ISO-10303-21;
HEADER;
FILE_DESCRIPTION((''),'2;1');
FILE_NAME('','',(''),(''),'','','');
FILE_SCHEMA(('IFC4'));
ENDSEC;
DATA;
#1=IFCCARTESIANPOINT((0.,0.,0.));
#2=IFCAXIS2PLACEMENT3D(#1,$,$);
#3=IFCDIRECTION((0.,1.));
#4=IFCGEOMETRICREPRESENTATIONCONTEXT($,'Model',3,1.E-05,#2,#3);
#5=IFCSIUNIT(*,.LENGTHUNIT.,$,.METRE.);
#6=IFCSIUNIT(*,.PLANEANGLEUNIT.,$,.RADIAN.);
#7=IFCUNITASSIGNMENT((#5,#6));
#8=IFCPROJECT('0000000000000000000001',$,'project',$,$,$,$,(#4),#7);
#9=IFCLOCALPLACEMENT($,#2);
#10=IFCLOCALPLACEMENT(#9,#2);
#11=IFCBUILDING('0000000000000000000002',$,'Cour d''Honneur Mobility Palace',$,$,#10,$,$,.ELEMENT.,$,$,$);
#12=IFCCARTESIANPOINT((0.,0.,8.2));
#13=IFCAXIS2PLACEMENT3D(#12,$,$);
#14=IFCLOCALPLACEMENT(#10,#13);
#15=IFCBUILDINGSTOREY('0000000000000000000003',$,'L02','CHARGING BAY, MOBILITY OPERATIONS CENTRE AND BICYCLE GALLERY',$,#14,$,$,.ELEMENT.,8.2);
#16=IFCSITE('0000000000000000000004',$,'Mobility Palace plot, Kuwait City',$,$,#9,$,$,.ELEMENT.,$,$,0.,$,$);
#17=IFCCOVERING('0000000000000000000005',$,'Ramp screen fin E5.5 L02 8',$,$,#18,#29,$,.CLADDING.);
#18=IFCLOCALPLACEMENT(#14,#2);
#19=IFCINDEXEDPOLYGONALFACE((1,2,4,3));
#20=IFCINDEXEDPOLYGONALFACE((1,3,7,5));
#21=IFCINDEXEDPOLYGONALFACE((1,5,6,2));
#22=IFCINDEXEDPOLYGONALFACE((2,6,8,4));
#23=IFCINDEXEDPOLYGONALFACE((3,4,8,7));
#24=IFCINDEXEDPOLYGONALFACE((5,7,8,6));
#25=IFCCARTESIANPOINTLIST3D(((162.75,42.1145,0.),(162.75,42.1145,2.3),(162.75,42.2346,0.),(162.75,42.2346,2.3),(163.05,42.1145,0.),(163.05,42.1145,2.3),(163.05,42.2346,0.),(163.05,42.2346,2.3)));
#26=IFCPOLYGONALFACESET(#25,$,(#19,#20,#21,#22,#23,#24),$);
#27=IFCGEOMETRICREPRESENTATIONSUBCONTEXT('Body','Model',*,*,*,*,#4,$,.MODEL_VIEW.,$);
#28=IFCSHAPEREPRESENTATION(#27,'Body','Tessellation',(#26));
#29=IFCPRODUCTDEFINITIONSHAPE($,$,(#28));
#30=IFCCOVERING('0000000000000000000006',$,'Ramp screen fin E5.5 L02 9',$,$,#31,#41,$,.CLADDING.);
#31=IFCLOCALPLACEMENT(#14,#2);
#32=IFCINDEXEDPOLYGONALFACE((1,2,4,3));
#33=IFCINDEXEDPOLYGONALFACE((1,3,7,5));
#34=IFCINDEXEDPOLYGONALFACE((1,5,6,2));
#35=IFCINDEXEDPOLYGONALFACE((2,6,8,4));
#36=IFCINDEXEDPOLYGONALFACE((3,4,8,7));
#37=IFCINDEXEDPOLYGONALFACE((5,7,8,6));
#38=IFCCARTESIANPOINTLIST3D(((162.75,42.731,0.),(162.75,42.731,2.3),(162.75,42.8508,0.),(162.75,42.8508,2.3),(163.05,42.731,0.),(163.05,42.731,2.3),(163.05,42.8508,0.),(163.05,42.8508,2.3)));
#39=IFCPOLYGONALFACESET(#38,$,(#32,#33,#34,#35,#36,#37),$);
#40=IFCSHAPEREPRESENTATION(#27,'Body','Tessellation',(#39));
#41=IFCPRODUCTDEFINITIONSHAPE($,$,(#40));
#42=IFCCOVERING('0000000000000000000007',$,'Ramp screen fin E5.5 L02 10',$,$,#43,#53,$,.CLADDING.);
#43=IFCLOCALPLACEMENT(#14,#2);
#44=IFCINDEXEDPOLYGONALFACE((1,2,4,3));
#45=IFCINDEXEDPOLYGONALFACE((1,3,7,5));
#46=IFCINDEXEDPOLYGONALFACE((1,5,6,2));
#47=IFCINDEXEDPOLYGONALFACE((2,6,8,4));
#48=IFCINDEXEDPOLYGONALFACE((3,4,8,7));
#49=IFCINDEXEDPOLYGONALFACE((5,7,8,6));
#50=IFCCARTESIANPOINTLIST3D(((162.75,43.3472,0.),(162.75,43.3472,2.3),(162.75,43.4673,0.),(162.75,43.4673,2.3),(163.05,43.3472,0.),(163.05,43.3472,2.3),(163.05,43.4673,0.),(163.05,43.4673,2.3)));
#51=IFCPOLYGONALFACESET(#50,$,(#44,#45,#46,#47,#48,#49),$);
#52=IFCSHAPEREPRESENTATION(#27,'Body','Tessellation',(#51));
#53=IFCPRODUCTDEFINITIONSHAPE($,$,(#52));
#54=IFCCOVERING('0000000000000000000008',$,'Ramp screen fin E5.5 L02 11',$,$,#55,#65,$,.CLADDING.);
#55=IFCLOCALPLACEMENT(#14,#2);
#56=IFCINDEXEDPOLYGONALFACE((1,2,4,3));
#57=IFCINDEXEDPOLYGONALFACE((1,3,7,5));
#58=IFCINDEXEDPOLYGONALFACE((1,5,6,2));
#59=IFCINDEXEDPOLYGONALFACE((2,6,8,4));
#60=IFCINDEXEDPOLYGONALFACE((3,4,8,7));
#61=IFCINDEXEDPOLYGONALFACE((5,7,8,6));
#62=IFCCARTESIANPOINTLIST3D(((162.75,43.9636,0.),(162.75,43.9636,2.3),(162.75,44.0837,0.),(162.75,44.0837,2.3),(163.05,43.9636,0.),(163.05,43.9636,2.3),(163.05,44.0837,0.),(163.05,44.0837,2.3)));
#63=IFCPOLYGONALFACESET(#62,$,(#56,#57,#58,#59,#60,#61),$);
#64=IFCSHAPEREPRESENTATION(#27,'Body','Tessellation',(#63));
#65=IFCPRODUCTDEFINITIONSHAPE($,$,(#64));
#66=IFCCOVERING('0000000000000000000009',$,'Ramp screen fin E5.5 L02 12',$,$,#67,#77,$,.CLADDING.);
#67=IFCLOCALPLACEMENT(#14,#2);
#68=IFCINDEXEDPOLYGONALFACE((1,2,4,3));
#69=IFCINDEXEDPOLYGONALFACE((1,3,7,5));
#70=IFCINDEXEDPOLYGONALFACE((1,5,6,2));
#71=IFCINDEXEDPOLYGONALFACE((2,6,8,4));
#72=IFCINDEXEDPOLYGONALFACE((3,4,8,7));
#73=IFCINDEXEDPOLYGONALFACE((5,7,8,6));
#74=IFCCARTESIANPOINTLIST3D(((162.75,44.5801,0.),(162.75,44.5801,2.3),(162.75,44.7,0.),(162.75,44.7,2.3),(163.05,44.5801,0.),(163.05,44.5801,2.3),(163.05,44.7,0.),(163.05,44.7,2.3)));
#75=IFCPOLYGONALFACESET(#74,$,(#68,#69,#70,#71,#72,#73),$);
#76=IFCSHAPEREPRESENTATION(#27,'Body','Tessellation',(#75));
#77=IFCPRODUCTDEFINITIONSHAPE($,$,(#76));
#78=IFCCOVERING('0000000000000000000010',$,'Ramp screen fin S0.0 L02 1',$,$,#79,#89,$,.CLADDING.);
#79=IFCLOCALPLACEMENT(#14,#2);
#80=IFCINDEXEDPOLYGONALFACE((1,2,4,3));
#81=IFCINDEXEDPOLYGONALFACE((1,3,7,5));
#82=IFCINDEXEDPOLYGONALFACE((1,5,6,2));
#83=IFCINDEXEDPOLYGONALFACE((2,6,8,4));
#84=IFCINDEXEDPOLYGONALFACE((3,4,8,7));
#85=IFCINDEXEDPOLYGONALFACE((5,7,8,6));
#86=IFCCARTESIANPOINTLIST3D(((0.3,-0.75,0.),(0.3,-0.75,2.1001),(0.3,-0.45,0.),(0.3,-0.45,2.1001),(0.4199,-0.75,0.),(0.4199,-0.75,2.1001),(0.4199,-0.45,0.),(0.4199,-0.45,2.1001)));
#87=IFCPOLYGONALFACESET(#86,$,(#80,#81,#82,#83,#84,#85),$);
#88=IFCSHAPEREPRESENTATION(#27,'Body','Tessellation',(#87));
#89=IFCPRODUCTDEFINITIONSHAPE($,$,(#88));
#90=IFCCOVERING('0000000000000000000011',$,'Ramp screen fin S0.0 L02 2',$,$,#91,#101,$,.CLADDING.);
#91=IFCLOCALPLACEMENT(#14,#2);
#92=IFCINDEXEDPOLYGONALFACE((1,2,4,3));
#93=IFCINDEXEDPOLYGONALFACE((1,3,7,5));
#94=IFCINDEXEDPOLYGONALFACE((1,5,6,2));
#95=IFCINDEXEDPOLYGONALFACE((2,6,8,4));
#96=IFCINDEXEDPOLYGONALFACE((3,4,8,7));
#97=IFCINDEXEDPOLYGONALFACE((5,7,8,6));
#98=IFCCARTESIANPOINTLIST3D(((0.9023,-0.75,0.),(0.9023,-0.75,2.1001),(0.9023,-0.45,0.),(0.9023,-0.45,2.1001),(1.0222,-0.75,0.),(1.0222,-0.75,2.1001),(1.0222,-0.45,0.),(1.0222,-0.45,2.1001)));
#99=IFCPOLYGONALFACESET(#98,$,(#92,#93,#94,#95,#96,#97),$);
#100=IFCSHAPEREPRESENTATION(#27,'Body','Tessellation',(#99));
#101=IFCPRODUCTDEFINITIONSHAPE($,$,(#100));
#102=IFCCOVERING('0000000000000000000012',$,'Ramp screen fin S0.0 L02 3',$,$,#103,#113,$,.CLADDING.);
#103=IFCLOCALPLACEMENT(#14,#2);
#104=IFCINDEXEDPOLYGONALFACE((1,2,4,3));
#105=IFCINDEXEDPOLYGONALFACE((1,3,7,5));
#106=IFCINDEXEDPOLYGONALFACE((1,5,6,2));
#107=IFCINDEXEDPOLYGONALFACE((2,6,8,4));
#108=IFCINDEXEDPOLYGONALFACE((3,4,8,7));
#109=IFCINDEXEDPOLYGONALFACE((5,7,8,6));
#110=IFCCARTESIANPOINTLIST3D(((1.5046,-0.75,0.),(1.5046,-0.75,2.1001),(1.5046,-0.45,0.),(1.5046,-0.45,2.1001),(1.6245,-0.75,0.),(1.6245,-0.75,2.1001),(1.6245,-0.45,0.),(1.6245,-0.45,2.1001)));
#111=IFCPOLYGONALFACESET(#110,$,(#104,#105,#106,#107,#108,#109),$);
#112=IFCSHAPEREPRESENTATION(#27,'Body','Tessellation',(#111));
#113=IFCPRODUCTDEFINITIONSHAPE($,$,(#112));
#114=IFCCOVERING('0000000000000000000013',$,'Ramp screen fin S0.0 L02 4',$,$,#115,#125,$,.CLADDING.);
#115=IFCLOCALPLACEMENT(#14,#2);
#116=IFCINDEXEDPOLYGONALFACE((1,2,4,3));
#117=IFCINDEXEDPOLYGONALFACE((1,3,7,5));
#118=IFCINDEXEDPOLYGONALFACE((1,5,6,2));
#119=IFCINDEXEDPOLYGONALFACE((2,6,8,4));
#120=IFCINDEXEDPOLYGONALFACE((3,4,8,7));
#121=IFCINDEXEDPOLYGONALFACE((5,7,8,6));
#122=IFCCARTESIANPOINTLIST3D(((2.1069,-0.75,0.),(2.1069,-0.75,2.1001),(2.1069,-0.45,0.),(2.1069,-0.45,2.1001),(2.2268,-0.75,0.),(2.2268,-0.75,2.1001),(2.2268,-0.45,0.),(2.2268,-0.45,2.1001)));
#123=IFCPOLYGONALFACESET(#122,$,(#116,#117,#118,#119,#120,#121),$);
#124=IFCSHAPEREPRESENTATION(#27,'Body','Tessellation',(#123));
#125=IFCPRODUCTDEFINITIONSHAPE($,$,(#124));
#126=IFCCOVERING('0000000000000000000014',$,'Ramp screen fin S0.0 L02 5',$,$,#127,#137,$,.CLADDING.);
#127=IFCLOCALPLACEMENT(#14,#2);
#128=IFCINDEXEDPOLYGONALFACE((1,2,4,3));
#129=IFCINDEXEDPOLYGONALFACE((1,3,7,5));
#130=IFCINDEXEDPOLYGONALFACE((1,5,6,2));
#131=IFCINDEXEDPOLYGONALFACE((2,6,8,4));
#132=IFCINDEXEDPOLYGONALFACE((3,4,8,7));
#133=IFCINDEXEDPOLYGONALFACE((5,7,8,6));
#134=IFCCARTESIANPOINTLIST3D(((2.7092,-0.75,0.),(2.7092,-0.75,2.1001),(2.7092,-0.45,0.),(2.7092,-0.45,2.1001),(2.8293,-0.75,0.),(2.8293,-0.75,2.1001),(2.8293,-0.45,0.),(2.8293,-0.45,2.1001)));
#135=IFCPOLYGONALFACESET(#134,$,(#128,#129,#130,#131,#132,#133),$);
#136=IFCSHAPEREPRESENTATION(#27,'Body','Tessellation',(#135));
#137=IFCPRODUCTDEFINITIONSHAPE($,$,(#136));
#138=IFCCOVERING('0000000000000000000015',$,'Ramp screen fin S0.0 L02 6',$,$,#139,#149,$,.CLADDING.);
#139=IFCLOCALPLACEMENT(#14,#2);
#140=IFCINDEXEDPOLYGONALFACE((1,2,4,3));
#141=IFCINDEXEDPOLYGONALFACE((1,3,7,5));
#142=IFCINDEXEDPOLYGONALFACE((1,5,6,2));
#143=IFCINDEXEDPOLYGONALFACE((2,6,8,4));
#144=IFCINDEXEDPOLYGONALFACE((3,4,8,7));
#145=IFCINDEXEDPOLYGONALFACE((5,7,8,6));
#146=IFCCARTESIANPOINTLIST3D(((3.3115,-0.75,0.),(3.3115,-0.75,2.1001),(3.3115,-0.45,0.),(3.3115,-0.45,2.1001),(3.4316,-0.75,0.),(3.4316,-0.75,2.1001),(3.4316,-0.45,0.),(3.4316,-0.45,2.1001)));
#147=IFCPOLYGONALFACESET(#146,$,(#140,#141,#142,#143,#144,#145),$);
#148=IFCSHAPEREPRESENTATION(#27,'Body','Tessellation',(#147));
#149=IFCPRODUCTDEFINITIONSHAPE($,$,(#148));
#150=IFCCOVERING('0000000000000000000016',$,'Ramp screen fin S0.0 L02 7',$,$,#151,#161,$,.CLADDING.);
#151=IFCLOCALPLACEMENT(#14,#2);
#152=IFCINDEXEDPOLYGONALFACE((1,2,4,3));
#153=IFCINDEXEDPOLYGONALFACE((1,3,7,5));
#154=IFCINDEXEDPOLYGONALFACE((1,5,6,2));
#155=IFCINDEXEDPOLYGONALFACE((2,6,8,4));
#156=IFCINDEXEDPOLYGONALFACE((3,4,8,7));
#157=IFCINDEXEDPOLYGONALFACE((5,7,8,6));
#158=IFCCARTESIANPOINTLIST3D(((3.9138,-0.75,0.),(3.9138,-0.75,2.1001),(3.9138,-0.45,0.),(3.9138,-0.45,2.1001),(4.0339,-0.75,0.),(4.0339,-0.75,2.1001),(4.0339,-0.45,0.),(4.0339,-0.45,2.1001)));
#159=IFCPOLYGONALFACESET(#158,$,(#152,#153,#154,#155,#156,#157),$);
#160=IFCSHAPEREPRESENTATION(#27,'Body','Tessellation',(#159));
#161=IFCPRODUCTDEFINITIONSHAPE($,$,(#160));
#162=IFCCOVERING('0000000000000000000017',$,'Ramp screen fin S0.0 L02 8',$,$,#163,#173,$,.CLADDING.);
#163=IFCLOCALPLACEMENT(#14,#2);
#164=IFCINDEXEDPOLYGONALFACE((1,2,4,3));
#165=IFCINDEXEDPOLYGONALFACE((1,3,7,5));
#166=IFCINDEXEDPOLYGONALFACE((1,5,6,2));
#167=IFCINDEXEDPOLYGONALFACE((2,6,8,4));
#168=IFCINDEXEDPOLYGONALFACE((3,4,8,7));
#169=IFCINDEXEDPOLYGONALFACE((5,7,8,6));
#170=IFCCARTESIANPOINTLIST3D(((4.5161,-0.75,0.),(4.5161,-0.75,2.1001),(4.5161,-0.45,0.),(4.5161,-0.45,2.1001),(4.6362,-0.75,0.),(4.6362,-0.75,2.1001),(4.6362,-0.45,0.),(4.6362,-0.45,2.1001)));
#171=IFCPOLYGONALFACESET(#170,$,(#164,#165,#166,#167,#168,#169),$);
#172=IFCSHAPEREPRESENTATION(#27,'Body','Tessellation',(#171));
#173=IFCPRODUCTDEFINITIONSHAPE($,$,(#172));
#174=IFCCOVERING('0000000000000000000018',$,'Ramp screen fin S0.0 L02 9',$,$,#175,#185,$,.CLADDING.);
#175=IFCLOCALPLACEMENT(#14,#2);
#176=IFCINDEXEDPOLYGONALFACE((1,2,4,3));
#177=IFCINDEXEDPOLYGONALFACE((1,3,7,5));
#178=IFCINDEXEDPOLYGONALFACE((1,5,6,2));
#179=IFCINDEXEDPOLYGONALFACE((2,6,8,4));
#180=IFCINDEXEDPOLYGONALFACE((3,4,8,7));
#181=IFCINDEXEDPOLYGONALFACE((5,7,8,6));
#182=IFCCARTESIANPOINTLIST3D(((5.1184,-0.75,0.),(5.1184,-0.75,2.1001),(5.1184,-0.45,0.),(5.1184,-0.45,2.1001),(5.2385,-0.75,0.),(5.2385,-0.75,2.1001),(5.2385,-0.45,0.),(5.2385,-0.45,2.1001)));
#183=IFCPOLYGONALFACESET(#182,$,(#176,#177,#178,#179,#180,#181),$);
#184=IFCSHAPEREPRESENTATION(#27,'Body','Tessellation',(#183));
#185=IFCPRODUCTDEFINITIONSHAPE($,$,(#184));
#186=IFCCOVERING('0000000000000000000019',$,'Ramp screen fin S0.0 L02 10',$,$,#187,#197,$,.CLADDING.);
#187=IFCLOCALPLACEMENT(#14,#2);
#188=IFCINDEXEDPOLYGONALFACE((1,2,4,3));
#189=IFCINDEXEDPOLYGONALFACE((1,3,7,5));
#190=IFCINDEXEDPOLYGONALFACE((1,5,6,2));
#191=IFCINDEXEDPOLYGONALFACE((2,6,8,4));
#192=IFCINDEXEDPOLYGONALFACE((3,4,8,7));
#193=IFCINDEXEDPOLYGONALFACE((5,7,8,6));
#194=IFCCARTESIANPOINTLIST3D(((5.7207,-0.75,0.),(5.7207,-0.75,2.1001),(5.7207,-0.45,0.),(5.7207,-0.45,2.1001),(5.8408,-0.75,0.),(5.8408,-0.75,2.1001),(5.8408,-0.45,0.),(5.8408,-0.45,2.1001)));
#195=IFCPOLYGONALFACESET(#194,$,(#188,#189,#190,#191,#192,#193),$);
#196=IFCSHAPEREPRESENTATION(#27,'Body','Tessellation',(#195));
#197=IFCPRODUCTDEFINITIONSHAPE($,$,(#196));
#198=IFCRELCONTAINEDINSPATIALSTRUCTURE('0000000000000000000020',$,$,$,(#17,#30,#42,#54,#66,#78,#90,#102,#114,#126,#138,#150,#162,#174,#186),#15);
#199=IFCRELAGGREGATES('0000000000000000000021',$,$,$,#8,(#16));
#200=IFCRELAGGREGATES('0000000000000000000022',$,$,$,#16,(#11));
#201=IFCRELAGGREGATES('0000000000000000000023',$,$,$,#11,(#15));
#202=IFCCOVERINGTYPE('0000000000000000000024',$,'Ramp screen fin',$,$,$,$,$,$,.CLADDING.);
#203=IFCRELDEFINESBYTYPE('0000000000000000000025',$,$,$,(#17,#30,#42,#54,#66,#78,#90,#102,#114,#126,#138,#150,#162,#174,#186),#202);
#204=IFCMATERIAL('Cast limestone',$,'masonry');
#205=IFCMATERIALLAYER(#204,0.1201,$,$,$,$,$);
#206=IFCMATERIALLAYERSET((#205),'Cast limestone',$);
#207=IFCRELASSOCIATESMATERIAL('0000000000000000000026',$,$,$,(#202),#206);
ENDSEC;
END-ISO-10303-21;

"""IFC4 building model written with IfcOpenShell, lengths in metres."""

from ifc_helpers import new_model, si_unit, direction, frame, origin, place, context, subcontext, project, spatial, polyline, outline, extrude, material, layer, layer_set, type_object, element, save


model = new_model("IFC4")

# Units and contexts
model_context = context("Model", 3, precision=1e-05, world=origin(), true_north=direction((0.0, 1.0)))
body_context = subcontext(model_context, "Body", "Model", "MODEL_VIEW")
ifc_project = project(units=[si_unit("LENGTHUNIT", "METRE"), si_unit("PLANEANGLEUNIT", "RADIAN")], contexts=[model_context])

# Site, building, storey
site_placement = place(None, origin())
site = spatial("IfcSite", under=ifc_project, at=site_placement, Name="Mobility Palace plot, Kuwait City", CompositionType="ELEMENT", RefElevation=0.0)
building_placement = place(site_placement, origin())
building = spatial("IfcBuilding", under=site, at=building_placement, Name="Cour d'Honneur Mobility Palace", CompositionType="ELEMENT")
storey_placement = place(building_placement, frame((0.0, 0.0, 8.2)))
storey = spatial("IfcBuildingStorey", under=building, at=storey_placement, Name="L02", Description="CHARGING BAY, MOBILITY OPERATIONS CENTRE AND BICYCLE GALLERY", CompositionType="ELEMENT", Elevation=8.2)

# Coverings
ifc_material = material(Name="Cast limestone", Category="masonry")
ifc_layer = layer(ifc_material, 0.1201)
ifc_layer_set = layer_set([ifc_layer], Name="Cast limestone")
covering_type = type_object("IfcCoveringType", Name="Ramp screen fin", PredefinedType="CLADDING", material=ifc_layer_set)
covering_1_placement = place(storey_placement, origin())
element("IfcCovering", 1, at=covering_1_placement, inside=storey, type_object=covering_type, Name="Ramp screen fin E5.5 L02 8", PredefinedType="CLADDING", context=body_context, shape_type="SweptSolid", body=[
    extrude(outline(polyline([(162.75, 42.1145), (162.75, 42.2346), (163.05, 42.2346), (163.05, 42.1145), (162.75, 42.1145)])), origin(), (0.0, 0.0, 1.0), 2.3),
])
covering_2_placement = place(storey_placement, origin())
element("IfcCovering", 2, at=covering_2_placement, inside=storey, type_object=covering_type, Name="Ramp screen fin E5.5 L02 9", PredefinedType="CLADDING", context=body_context, shape_type="SweptSolid", body=[
    extrude(outline(polyline([(162.75, 42.731), (162.75, 42.8508), (163.05, 42.8508), (163.05, 42.731), (162.75, 42.731)])), origin(), (0.0, 0.0, 1.0), 2.3),
])
covering_3_placement = place(storey_placement, origin())
element("IfcCovering", 3, at=covering_3_placement, inside=storey, type_object=covering_type, Name="Ramp screen fin E5.5 L02 10", PredefinedType="CLADDING", context=body_context, shape_type="SweptSolid", body=[
    extrude(outline(polyline([(162.75, 43.3472), (162.75, 43.4673), (163.05, 43.4673), (163.05, 43.3472), (162.75, 43.3472)])), origin(), (0.0, 0.0, 1.0), 2.3),
])
covering_4_placement = place(storey_placement, origin())
element("IfcCovering", 4, at=covering_4_placement, inside=storey, type_object=covering_type, Name="Ramp screen fin E5.5 L02 11", PredefinedType="CLADDING", context=body_context, shape_type="SweptSolid", body=[
    extrude(outline(polyline([(162.75, 43.9636), (162.75, 44.0837), (163.05, 44.0837), (163.05, 43.9636), (162.75, 43.9636)])), origin(), (0.0, 0.0, 1.0), 2.3),
])
covering_5_placement = place(storey_placement, origin())
element("IfcCovering", 5, at=covering_5_placement, inside=storey, type_object=covering_type, Name="Ramp screen fin E5.5 L02 12", PredefinedType="CLADDING", context=body_context, shape_type="SweptSolid", body=[
    extrude(outline(polyline([(162.75, 44.5801), (162.75, 44.7), (163.05, 44.7), (163.05, 44.5801), (162.75, 44.5801)])), origin(), (0.0, 0.0, 1.0), 2.3),
])
covering_6_placement = place(storey_placement, origin())
element("IfcCovering", 6, at=covering_6_placement, inside=storey, type_object=covering_type, Name="Ramp screen fin S0.0 L02 1", PredefinedType="CLADDING", context=body_context, shape_type="SweptSolid", body=[
    extrude(outline(polyline([(0.3, -0.45), (0.4199, -0.45), (0.4199, -0.75), (0.3, -0.75), (0.3, -0.45)])), origin(), (0.0, 0.0, 1.0), 2.1001),
])
covering_7_placement = place(storey_placement, origin())
element("IfcCovering", 7, at=covering_7_placement, inside=storey, type_object=covering_type, Name="Ramp screen fin S0.0 L02 2", PredefinedType="CLADDING", context=body_context, shape_type="SweptSolid", body=[
    extrude(outline(polyline([(0.9023, -0.45), (1.0222, -0.45), (1.0222, -0.75), (0.9023, -0.75), (0.9023, -0.45)])), origin(), (0.0, 0.0, 1.0), 2.1001),
])
covering_8_placement = place(storey_placement, origin())
element("IfcCovering", 8, at=covering_8_placement, inside=storey, type_object=covering_type, Name="Ramp screen fin S0.0 L02 3", PredefinedType="CLADDING", context=body_context, shape_type="SweptSolid", body=[
    extrude(outline(polyline([(1.5046, -0.45), (1.6245, -0.45), (1.6245, -0.75), (1.5046, -0.75), (1.5046, -0.45)])), origin(), (0.0, 0.0, 1.0), 2.1001),
])
covering_9_placement = place(storey_placement, origin())
element("IfcCovering", 9, at=covering_9_placement, inside=storey, type_object=covering_type, Name="Ramp screen fin S0.0 L02 4", PredefinedType="CLADDING", context=body_context, shape_type="SweptSolid", body=[
    extrude(outline(polyline([(2.1069, -0.45), (2.2268, -0.45), (2.2268, -0.75), (2.1069, -0.75), (2.1069, -0.45)])), origin(), (0.0, 0.0, 1.0), 2.1001),
])
covering_10_placement = place(storey_placement, origin())
element("IfcCovering", 10, at=covering_10_placement, inside=storey, type_object=covering_type, Name="Ramp screen fin S0.0 L02 5", PredefinedType="CLADDING", context=body_context, shape_type="SweptSolid", body=[
    extrude(outline(polyline([(2.7092, -0.45), (2.8293, -0.45), (2.8293, -0.75), (2.7092, -0.75), (2.7092, -0.45)])), origin(), (0.0, 0.0, 1.0), 2.1001),
])
covering_11_placement = place(storey_placement, origin())
element("IfcCovering", 11, at=covering_11_placement, inside=storey, type_object=covering_type, Name="Ramp screen fin S0.0 L02 6", PredefinedType="CLADDING", context=body_context, shape_type="SweptSolid", body=[
    extrude(outline(polyline([(3.3115, -0.45), (3.4316, -0.45), (3.4316, -0.75), (3.3115, -0.75), (3.3115, -0.45)])), origin(), (0.0, 0.0, 1.0), 2.1001),
])
covering_12_placement = place(storey_placement, origin())
element("IfcCovering", 12, at=covering_12_placement, inside=storey, type_object=covering_type, Name="Ramp screen fin S0.0 L02 7", PredefinedType="CLADDING", context=body_context, shape_type="SweptSolid", body=[
    extrude(outline(polyline([(3.9138, -0.45), (4.0339, -0.45), (4.0339, -0.75), (3.9138, -0.75), (3.9138, -0.45)])), origin(), (0.0, 0.0, 1.0), 2.1001),
])
covering_13_placement = place(storey_placement, origin())
element("IfcCovering", 13, at=covering_13_placement, inside=storey, type_object=covering_type, Name="Ramp screen fin S0.0 L02 8", PredefinedType="CLADDING", context=body_context, shape_type="SweptSolid", body=[
    extrude(outline(polyline([(4.5161, -0.45), (4.6362, -0.45), (4.6362, -0.75), (4.5161, -0.75), (4.5161, -0.45)])), origin(), (0.0, 0.0, 1.0), 2.1001),
])
covering_14_placement = place(storey_placement, origin())
element("IfcCovering", 14, at=covering_14_placement, inside=storey, type_object=covering_type, Name="Ramp screen fin S0.0 L02 9", PredefinedType="CLADDING", context=body_context, shape_type="SweptSolid", body=[
    extrude(outline(polyline([(5.1184, -0.45), (5.2385, -0.45), (5.2385, -0.75), (5.1184, -0.75), (5.1184, -0.45)])), origin(), (0.0, 0.0, 1.0), 2.1001),
])
covering_15_placement = place(storey_placement, origin())
element("IfcCovering", 15, at=covering_15_placement, inside=storey, type_object=covering_type, Name="Ramp screen fin S0.0 L02 10", PredefinedType="CLADDING", context=body_context, shape_type="SweptSolid", body=[
    extrude(outline(polyline([(5.7207, -0.45), (5.8408, -0.45), (5.8408, -0.75), (5.7207, -0.75), (5.7207, -0.45)])), origin(), (0.0, 0.0, 1.0), 2.1001),
])

save(model, "model.ifc")
